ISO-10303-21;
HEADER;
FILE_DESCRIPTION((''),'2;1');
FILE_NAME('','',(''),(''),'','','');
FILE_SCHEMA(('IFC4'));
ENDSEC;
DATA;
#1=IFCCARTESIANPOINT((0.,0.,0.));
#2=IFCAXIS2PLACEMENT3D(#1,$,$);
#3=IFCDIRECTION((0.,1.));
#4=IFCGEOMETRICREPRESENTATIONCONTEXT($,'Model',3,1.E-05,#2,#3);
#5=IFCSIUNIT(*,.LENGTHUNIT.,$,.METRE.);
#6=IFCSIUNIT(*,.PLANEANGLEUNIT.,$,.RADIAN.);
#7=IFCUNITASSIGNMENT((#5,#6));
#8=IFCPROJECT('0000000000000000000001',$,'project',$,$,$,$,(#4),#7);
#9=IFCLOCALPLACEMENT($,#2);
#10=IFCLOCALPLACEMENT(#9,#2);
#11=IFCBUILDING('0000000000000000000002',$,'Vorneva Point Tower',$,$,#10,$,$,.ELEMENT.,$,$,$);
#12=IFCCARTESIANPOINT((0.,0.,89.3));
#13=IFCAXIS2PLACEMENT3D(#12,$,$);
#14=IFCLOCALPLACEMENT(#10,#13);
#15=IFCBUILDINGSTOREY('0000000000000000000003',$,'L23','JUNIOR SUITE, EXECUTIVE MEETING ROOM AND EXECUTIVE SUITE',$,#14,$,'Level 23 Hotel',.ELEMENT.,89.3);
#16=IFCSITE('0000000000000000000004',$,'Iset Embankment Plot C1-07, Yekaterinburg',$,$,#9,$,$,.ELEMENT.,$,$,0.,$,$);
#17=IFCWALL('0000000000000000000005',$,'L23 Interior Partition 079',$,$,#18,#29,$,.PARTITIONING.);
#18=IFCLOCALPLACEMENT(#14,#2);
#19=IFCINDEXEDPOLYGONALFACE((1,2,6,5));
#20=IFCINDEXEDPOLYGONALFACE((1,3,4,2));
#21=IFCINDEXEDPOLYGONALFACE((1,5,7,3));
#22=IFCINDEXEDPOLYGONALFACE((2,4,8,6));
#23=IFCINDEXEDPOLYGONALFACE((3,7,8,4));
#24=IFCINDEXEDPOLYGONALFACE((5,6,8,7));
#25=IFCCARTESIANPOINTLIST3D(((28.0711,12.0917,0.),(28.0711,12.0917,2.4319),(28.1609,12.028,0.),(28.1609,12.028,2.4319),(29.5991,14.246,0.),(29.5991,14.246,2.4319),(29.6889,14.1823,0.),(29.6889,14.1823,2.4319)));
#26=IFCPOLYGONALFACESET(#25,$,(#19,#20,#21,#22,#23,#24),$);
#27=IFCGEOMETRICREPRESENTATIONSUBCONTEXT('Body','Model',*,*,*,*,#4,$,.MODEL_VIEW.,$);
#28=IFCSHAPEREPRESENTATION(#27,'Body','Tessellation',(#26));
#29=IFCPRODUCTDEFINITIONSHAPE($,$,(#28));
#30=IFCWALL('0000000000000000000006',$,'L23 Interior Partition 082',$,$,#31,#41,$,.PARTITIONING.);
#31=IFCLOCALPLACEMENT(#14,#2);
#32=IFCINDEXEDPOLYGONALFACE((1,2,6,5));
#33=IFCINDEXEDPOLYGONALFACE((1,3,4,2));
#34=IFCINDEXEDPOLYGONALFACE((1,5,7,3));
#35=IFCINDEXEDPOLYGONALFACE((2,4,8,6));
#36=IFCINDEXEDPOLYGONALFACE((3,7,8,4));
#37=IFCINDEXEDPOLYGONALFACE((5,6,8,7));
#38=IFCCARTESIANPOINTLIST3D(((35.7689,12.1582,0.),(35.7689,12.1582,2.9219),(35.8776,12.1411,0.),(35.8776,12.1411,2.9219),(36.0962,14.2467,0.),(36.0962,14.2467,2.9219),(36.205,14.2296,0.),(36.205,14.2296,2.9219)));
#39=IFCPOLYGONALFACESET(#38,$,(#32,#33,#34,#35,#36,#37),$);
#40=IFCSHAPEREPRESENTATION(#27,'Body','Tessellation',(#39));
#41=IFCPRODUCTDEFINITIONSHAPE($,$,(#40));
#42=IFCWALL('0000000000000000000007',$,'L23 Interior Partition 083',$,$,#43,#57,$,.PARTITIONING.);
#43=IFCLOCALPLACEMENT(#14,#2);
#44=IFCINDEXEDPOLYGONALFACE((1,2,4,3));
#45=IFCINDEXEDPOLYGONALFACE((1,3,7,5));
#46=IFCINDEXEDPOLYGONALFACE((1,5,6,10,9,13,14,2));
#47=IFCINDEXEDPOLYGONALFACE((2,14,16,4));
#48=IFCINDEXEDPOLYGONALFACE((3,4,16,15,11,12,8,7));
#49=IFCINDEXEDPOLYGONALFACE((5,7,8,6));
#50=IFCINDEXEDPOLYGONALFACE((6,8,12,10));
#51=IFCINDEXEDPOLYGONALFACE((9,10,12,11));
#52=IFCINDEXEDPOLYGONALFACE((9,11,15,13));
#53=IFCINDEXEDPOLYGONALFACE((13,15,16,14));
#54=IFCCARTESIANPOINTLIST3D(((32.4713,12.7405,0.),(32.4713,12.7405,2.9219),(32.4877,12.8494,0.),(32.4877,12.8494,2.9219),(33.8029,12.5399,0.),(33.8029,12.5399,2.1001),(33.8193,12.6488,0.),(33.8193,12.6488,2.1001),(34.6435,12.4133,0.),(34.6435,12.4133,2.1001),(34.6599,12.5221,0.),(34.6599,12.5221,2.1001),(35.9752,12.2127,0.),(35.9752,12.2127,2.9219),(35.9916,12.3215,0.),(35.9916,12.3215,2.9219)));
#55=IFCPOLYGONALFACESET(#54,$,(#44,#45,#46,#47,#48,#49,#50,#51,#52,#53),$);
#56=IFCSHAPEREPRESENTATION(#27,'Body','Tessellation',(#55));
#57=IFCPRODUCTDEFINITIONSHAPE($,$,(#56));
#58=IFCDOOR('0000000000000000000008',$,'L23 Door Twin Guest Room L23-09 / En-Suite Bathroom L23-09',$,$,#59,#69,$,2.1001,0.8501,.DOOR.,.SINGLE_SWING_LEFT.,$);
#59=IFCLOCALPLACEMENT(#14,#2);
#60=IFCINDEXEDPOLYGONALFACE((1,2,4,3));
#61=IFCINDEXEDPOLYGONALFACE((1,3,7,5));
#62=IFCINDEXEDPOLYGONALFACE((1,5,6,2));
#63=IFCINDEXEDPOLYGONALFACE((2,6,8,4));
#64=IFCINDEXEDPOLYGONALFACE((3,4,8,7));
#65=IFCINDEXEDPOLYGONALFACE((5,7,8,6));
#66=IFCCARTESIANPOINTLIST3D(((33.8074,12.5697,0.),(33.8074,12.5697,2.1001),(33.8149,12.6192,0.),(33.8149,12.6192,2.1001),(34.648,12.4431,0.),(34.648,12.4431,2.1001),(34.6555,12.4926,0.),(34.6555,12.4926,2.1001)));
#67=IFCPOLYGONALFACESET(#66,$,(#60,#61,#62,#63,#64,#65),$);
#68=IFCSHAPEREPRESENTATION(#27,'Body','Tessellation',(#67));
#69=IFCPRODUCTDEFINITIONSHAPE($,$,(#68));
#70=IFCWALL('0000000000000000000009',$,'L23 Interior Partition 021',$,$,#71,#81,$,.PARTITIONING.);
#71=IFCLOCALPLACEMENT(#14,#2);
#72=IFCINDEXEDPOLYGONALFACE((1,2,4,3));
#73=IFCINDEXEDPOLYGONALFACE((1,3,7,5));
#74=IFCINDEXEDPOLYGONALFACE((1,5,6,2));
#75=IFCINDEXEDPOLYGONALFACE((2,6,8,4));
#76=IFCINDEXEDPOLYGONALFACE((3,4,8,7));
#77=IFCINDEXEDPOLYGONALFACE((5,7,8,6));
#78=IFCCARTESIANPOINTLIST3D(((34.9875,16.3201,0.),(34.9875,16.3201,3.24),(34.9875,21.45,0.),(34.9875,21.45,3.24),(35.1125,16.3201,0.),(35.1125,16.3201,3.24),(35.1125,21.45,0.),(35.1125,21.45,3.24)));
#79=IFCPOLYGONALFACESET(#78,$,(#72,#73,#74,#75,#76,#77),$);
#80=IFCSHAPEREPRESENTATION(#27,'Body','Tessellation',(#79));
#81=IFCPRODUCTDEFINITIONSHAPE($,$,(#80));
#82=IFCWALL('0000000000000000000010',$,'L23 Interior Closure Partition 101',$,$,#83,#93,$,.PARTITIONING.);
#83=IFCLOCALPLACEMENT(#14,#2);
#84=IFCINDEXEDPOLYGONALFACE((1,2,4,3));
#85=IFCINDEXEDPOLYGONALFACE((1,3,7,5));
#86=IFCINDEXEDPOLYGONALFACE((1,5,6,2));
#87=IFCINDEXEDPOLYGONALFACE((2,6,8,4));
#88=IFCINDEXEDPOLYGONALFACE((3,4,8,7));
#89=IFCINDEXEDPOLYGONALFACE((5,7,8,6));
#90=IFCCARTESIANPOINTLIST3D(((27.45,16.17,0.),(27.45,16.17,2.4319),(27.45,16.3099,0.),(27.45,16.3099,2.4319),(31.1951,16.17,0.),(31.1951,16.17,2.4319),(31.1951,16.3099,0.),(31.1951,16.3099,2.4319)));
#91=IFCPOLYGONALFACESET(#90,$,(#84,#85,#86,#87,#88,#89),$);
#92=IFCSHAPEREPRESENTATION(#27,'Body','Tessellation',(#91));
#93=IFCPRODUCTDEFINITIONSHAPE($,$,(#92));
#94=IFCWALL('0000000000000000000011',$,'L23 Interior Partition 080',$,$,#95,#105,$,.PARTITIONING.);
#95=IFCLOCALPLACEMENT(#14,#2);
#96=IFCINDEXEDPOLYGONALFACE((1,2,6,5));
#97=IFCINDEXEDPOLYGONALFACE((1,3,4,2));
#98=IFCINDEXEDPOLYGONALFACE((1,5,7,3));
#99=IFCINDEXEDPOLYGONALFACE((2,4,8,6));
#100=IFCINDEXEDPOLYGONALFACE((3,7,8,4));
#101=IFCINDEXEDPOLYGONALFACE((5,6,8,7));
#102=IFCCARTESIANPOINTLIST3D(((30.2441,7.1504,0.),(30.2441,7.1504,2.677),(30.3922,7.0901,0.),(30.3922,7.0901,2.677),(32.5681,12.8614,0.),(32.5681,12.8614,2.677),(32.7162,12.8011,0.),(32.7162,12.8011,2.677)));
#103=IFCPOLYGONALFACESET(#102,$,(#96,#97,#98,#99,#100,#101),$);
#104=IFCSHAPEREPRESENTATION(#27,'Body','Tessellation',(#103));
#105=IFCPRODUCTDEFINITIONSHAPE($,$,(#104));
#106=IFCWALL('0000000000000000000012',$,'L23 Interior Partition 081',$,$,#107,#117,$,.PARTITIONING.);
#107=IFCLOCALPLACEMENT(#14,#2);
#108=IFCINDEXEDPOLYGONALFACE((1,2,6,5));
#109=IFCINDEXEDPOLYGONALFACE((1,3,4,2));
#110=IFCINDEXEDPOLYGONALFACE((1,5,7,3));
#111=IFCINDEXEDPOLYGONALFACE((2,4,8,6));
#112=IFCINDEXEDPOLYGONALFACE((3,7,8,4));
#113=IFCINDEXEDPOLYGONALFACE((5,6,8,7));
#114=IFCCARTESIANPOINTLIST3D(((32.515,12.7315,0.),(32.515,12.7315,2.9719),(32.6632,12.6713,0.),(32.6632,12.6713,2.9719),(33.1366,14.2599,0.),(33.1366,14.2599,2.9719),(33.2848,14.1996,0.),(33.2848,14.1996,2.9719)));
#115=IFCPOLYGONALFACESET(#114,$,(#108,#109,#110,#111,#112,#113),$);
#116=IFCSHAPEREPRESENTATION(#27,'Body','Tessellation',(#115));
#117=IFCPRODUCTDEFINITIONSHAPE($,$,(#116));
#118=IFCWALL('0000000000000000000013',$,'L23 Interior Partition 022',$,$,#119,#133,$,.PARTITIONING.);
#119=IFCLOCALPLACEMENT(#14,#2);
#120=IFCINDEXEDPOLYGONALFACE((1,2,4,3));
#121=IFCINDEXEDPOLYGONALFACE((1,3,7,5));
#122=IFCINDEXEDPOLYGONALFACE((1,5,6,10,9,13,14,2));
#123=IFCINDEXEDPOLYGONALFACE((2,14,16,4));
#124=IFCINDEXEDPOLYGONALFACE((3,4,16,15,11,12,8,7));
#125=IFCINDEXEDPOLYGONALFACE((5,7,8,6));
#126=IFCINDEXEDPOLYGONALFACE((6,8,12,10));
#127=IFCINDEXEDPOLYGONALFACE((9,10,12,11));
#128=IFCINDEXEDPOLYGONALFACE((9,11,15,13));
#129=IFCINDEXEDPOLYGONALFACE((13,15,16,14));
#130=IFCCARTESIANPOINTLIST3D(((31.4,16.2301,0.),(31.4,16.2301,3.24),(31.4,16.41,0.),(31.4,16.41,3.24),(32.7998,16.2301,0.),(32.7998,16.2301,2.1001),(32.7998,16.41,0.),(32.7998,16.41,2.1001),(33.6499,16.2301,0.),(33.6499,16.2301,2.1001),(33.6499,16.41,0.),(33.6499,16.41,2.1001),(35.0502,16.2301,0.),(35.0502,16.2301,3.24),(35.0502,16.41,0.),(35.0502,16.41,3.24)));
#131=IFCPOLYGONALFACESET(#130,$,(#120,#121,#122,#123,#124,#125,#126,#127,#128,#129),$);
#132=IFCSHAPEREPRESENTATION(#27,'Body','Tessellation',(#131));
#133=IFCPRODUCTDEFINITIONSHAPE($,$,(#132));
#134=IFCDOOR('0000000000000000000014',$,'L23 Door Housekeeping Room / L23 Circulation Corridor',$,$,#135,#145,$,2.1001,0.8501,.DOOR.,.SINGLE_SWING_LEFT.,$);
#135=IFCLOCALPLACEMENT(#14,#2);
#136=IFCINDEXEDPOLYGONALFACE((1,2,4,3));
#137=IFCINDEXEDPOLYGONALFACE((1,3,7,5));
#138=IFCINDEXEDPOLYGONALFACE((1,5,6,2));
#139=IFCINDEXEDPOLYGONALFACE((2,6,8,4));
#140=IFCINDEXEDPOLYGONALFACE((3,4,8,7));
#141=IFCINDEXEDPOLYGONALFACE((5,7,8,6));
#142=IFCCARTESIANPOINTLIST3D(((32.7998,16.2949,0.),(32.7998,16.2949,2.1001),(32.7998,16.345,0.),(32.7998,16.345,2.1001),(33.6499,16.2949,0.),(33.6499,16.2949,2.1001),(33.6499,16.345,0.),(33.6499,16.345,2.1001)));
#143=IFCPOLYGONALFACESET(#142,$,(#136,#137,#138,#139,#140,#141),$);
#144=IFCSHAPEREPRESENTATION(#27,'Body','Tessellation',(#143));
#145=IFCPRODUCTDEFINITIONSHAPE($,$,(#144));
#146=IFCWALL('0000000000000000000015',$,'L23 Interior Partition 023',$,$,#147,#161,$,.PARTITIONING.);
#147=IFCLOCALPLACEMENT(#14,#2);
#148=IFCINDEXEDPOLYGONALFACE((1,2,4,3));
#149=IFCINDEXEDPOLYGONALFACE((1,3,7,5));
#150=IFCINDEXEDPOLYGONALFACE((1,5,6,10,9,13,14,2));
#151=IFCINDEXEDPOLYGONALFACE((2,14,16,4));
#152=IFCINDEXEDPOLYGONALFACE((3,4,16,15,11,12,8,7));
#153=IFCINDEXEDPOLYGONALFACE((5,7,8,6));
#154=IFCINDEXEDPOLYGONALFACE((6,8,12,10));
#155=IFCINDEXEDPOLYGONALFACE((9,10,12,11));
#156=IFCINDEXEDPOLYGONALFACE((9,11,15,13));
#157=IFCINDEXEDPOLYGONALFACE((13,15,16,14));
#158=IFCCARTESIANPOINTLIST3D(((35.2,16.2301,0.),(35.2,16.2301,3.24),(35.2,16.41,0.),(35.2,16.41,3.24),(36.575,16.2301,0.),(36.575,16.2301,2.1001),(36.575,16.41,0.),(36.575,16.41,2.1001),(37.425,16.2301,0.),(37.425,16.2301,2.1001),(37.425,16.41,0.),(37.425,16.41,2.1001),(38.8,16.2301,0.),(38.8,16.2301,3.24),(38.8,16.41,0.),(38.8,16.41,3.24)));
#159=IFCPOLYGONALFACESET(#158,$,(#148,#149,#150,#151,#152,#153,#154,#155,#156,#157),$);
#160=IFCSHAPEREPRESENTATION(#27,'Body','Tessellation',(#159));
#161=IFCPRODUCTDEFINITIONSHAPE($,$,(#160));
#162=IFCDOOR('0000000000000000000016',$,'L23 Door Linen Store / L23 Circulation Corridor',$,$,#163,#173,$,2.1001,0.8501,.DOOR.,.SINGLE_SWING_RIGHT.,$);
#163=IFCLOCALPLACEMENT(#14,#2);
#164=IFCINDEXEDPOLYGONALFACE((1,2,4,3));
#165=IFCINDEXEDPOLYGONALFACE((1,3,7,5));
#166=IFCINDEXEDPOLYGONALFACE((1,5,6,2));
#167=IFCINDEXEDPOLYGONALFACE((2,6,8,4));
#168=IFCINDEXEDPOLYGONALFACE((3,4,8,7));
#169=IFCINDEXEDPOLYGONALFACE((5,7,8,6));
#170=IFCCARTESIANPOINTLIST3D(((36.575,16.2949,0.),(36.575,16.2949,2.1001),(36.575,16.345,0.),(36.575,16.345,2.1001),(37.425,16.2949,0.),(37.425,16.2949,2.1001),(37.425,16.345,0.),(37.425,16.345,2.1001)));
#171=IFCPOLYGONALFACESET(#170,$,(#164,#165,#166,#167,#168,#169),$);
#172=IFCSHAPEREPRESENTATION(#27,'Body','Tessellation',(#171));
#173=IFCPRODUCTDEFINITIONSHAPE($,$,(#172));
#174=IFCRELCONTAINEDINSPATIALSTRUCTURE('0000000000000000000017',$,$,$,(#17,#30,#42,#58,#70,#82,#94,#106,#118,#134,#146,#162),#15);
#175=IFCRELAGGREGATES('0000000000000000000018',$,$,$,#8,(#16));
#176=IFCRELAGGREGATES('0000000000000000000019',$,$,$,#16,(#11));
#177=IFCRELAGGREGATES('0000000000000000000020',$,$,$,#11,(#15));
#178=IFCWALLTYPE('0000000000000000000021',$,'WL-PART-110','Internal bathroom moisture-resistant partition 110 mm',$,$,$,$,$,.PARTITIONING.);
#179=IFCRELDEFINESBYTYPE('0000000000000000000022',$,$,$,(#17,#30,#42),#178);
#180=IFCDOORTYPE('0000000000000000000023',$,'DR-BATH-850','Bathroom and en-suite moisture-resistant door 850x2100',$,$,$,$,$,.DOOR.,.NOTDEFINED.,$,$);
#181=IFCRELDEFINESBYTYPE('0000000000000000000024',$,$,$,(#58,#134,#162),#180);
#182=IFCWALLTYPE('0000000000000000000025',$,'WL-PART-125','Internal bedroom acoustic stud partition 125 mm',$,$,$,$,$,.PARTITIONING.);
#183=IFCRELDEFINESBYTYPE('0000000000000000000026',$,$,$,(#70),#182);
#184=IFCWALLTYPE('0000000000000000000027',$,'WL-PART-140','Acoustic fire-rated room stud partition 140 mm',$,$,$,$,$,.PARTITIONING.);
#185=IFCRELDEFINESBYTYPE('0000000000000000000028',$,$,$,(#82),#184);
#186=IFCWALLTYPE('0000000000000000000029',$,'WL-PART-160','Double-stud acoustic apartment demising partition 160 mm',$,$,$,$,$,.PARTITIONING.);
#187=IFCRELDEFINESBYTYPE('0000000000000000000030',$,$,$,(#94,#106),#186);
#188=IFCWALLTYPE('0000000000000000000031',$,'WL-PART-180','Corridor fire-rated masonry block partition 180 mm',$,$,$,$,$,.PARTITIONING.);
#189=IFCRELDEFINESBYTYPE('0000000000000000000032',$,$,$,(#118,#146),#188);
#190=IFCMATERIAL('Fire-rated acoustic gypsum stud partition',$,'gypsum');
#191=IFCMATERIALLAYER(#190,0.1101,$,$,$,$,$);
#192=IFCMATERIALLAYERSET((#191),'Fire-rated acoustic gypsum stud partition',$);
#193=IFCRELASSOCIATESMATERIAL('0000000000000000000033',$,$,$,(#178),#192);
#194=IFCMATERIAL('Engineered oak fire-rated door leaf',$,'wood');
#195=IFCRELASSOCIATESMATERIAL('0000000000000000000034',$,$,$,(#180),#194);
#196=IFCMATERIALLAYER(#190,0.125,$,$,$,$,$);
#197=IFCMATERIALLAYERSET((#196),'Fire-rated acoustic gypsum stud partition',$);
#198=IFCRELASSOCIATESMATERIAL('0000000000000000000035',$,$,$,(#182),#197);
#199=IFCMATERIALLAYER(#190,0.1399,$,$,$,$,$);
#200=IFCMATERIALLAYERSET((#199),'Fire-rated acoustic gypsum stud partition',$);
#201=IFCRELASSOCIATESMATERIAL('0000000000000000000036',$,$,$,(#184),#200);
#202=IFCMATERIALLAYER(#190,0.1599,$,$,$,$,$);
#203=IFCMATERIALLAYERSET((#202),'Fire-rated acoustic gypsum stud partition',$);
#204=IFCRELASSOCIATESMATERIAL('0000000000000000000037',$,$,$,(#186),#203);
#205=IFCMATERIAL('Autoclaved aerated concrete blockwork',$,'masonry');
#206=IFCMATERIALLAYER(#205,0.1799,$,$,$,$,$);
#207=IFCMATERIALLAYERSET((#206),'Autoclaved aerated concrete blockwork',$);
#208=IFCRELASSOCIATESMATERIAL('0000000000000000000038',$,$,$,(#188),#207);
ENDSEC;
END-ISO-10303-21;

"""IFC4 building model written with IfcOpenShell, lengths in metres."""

from ifc_helpers import new_model, si_unit, direction, frame, frame_2d, origin, place, context, subcontext, project, spatial, rectangle, extrude, material, layer, layer_set, type_object, element, fill, save


model = new_model("IFC4")

# Units and contexts
model_context = context("Model", 3, precision=1e-05, world=origin(), true_north=direction((0.0, 1.0)))
body_context = subcontext(model_context, "Body", "Model", "MODEL_VIEW")
ifc_project = project(units=[si_unit("LENGTHUNIT", "METRE"), si_unit("PLANEANGLEUNIT", "RADIAN")], contexts=[model_context])

# Site, building, storey
site_placement = place(None, origin())
site = spatial("IfcSite", under=ifc_project, at=site_placement, Name="Iset Embankment Plot C1-07, Yekaterinburg", CompositionType="ELEMENT", RefElevation=0.0)
building_placement = place(site_placement, origin())
building = spatial("IfcBuilding", under=site, at=building_placement, Name="Vorneva Point Tower", CompositionType="ELEMENT")
storey_placement = place(building_placement, frame((0.0, 0.0, 89.3)))
storey = spatial("IfcBuildingStorey", under=building, at=storey_placement, Name="L23", Description="JUNIOR SUITE, EXECUTIVE MEETING ROOM AND EXECUTIVE SUITE", LongName="Level 23 Hotel", CompositionType="ELEMENT", Elevation=89.3)

# Walls
ifc_material_1 = material(Name="Fire-rated acoustic gypsum stud partition", Category="gypsum")
ifc_layer_1 = layer(ifc_material_1, 0.1101)
ifc_layer_set_1 = layer_set([ifc_layer_1], Name="Fire-rated acoustic gypsum stud partition")
wall_type_1 = type_object("IfcWallType", Name="WL-PART-110", Description="Internal bathroom moisture-resistant partition 110 mm", PredefinedType="PARTITIONING", material=ifc_layer_set_1)
wall_1_placement = place(storey_placement, frame((29.644, 14.2141, 0.0), z_axis=(0.0, 0.0, 1.0), x_axis=(-0.578551, -0.815646, 0.0)))
element("IfcWall", 1, at=wall_1_placement, inside=storey, type_object=wall_type_1, Name="L23 Interior Partition 079", PredefinedType="PARTITIONING", context=body_context, shape_type="SweptSolid", body=[
    extrude(rectangle(XDim=2.6411, YDim=0.1101, at=frame_2d((1.3206, 0.0))), origin(), (0.0, 0.0, 1.0), 2.4319),
])
wall_2_placement = place(storey_placement, frame((36.1506, 14.2383, 0.0), z_axis=(0.0, 0.0, 1.0), x_axis=(-0.154859, -0.987937, 0.0)))
element("IfcWall", 2, at=wall_2_placement, inside=storey, type_object=wall_type_1, Name="L23 Interior Partition 082", PredefinedType="PARTITIONING", context=body_context, shape_type="SweptSolid", body=[
    extrude(rectangle(XDim=2.114, YDim=0.1101, at=frame_2d((1.0571, 0.0))), origin(), (0.0, 0.0, 1.0), 2.9219),
])

# Wall, opening, door
wall_3_placement = place(storey_placement, frame((35.9834, 12.2671, 0.0), z_axis=(0.0, 0.0, 1.0), x_axis=(-0.988843, 0.14896, 0.0)))
wall_3 = element("IfcWall", 3, at=wall_3_placement, inside=storey, type_object=wall_type_1, Name="L23 Interior Partition 083", PredefinedType="PARTITIONING", context=body_context, shape_type="SweptSolid", body=[
    extrude(rectangle(XDim=3.5435, YDim=0.1101, at=frame_2d((1.7717, 0.0))), origin(), (0.0, 0.0, 1.0), 2.9219),
])
opening_1_placement = place(wall_3_placement, frame((1.3467, 0.0, 0.0)))
opening_1 = element("IfcOpeningElement", 4, at=opening_1_placement, cuts=wall_3, PredefinedType="OPENING", context=body_context, shape_type="SweptSolid", body=[
    extrude(rectangle(XDim=0.8501, YDim=2.1001, at=frame_2d((0.425, 1.05))), frame((0.0, 0.0698, 0.0), z_axis=(0.0, -1.0, 0.0), x_axis=(1.0, 0.0, 0.0)), (0.0, 0.0, 1.0), 0.1399),
])
ifc_material_2 = material(Name="Engineered oak fire-rated door leaf", Category="wood")
door_type_1 = type_object("IfcDoorType", Name="DR-BATH-850", Description="Bathroom and en-suite moisture-resistant door 850x2100", OperationType="NOTDEFINED", PredefinedType="DOOR", material=ifc_material_2)
door_1_placement = place(opening_1_placement, origin())
door_1 = element("IfcDoor", 5, at=door_1_placement, inside=storey, type_object=door_type_1, Name="L23 Door Twin Guest Room L23-09 / En-Suite Bathroom L23-09", OperationType="SINGLE_SWING_LEFT", OverallHeight=2.1001, OverallWidth=0.8501, PredefinedType="DOOR", context=body_context, shape_type="SweptSolid", body=[
    extrude(rectangle(XDim=0.8501, YDim=2.1001, at=frame_2d((0.425, 1.05))), frame((0.0, 0.0249, 0.0), z_axis=(0.0, -1.0, 0.0), x_axis=(1.0, 0.0, 0.0)), (0.0, 0.0, 1.0), 0.05),
])
fill(opening_1, door_1)

# Walls
ifc_layer_2 = layer(ifc_material_1, 0.125)
ifc_layer_set_2 = layer_set([ifc_layer_2], Name="Fire-rated acoustic gypsum stud partition")
wall_type_2 = type_object("IfcWallType", Name="WL-PART-125", Description="Internal bedroom acoustic stud partition 125 mm", PredefinedType="PARTITIONING", material=ifc_layer_set_2)
wall_4_placement = place(storey_placement, frame((35.05, 16.3201, 0.0), z_axis=(0.0, 0.0, 1.0), x_axis=(0.0, 1.0, 0.0)))
element("IfcWall", 6, at=wall_4_placement, inside=storey, type_object=wall_type_2, Name="L23 Interior Partition 021", PredefinedType="PARTITIONING", context=body_context, shape_type="SweptSolid", body=[
    extrude(rectangle(XDim=5.1299, YDim=0.125, at=frame_2d((2.5649, 0.0))), origin(), (0.0, 0.0, 1.0), 3.24),
])
ifc_layer_3 = layer(ifc_material_1, 0.1399)
ifc_layer_set_3 = layer_set([ifc_layer_3], Name="Fire-rated acoustic gypsum stud partition")
wall_type_3 = type_object("IfcWallType", Name="WL-PART-140", Description="Acoustic fire-rated room stud partition 140 mm", PredefinedType="PARTITIONING", material=ifc_layer_set_3)
wall_5_placement = place(storey_placement, frame((31.1951, 16.24, 0.0), z_axis=(0.0, 0.0, 1.0), x_axis=(-1.0, 0.0, 0.0)))
element("IfcWall", 7, at=wall_5_placement, inside=storey, type_object=wall_type_3, Name="L23 Interior Closure Partition 101", PredefinedType="PARTITIONING", context=body_context, shape_type="SweptSolid", body=[
    extrude(rectangle(XDim=3.7451, YDim=0.1399, at=frame_2d((1.8726, 0.0))), origin(), (0.0, 0.0, 1.0), 2.4319),
])
ifc_layer_4 = layer(ifc_material_1, 0.1599)
ifc_layer_set_4 = layer_set([ifc_layer_4], Name="Fire-rated acoustic gypsum stud partition")
wall_type_4 = type_object("IfcWallType", Name="WL-PART-160", Description="Double-stud acoustic apartment demising partition 160 mm", PredefinedType="PARTITIONING", material=ifc_layer_set_4)
wall_6_placement = place(storey_placement, frame((30.3181, 7.1201, 0.0), z_axis=(0.0, 0.0, 1.0), x_axis=(0.376921, 0.926245, 0.0)))
element("IfcWall", 8, at=wall_6_placement, inside=storey, type_object=wall_type_4, Name="L23 Interior Partition 080", PredefinedType="PARTITIONING", context=body_context, shape_type="SweptSolid", body=[
    extrude(rectangle(XDim=6.1658, YDim=0.1599, at=frame_2d((3.083, 0.0))), origin(), (0.0, 0.0, 1.0), 2.677),
])
wall_7_placement = place(storey_placement, frame((32.5891, 12.7014, 0.0), z_axis=(0.0, 0.0, 1.0), x_axis=(0.376742, 0.926318, 0.0)))
element("IfcWall", 9, at=wall_7_placement, inside=storey, type_object=wall_type_4, Name="L23 Interior Partition 081", PredefinedType="PARTITIONING", context=body_context, shape_type="SweptSolid", body=[
    extrude(rectangle(XDim=1.6499, YDim=0.1599, at=frame_2d((0.825, 0.0))), origin(), (0.0, 0.0, 1.0), 2.9719),
])

# Walls, openings, doors
ifc_material_3 = material(Name="Autoclaved aerated concrete blockwork", Category="masonry")
ifc_layer_5 = layer(ifc_material_3, 0.1799)
ifc_layer_set_5 = layer_set([ifc_layer_5], Name="Autoclaved aerated concrete blockwork")
wall_type_5 = type_object("IfcWallType", Name="WL-PART-180", Description="Corridor fire-rated masonry block partition 180 mm", PredefinedType="PARTITIONING", material=ifc_layer_set_5)
wall_8_placement = place(storey_placement, frame((31.3999, 16.3201, 0.0), z_axis=(0.0, 0.0, 1.0), x_axis=(1.0, 0.0, 0.0)))
wall_8 = element("IfcWall", 10, at=wall_8_placement, inside=storey, type_object=wall_type_5, Name="L23 Interior Partition 022", PredefinedType="PARTITIONING", context=body_context, shape_type="SweptSolid", body=[
    extrude(rectangle(XDim=3.6501, YDim=0.1799, at=frame_2d((1.8252, 0.0))), origin(), (0.0, 0.0, 1.0), 3.24),
])
opening_2_placement = place(wall_8_placement, frame((1.3999, 0.0, 0.0)))
opening_2 = element("IfcOpeningElement", 11, at=opening_2_placement, cuts=wall_8, PredefinedType="OPENING", context=body_context, shape_type="SweptSolid", body=[
    extrude(rectangle(XDim=0.8501, YDim=2.1001, at=frame_2d((0.425, 1.05))), frame((0.0, 0.105, 0.0), z_axis=(0.0, -1.0, 0.0), x_axis=(1.0, 0.0, 0.0)), (0.0, 0.0, 1.0), 0.2097),
])
door_2_placement = place(opening_2_placement, origin())
door_2 = element("IfcDoor", 12, at=door_2_placement, inside=storey, type_object=door_type_1, Name="L23 Door Housekeeping Room / L23 Circulation Corridor", OperationType="SINGLE_SWING_LEFT", OverallHeight=2.1001, OverallWidth=0.8501, PredefinedType="DOOR", context=body_context, shape_type="SweptSolid", body=[
    extrude(rectangle(XDim=0.8501, YDim=2.1001, at=frame_2d((0.425, 1.05))), frame((0.0, 0.0249, 0.0), z_axis=(0.0, -1.0, 0.0), x_axis=(1.0, 0.0, 0.0)), (0.0, 0.0, 1.0), 0.05),
])
fill(opening_2, door_2)
wall_9_placement = place(storey_placement, frame((35.2, 16.3201, 0.0), z_axis=(0.0, 0.0, 1.0), x_axis=(1.0, 0.0, 0.0)))
wall_9 = element("IfcWall", 13, at=wall_9_placement, inside=storey, type_object=wall_type_5, Name="L23 Interior Partition 023", PredefinedType="PARTITIONING", context=body_context, shape_type="SweptSolid", body=[
    extrude(rectangle(XDim=3.6001, YDim=0.1799, at=frame_2d((1.8, 0.0))), origin(), (0.0, 0.0, 1.0), 3.24),
])
opening_3_placement = place(wall_9_placement, frame((1.375, 0.0, 0.0)))
opening_3 = element("IfcOpeningElement", 14, at=opening_3_placement, cuts=wall_9, PredefinedType="OPENING", context=body_context, shape_type="SweptSolid", body=[
    extrude(rectangle(XDim=0.8501, YDim=2.1001, at=frame_2d((0.425, 1.05))), frame((0.0, 0.105, 0.0), z_axis=(0.0, -1.0, 0.0), x_axis=(1.0, 0.0, 0.0)), (0.0, 0.0, 1.0), 0.2097),
])
door_3_placement = place(opening_3_placement, origin())
door_3 = element("IfcDoor", 15, at=door_3_placement, inside=storey, type_object=door_type_1, Name="L23 Door Linen Store / L23 Circulation Corridor", OperationType="SINGLE_SWING_RIGHT", OverallHeight=2.1001, OverallWidth=0.8501, PredefinedType="DOOR", context=body_context, shape_type="SweptSolid", body=[
    extrude(rectangle(XDim=0.8501, YDim=2.1001, at=frame_2d((0.425, 1.05))), frame((0.0, 0.0249, 0.0), z_axis=(0.0, -1.0, 0.0), x_axis=(1.0, 0.0, 0.0)), (0.0, 0.0, 1.0), 0.05),
])
fill(opening_3, door_3)

save(model, "model.ifc")
